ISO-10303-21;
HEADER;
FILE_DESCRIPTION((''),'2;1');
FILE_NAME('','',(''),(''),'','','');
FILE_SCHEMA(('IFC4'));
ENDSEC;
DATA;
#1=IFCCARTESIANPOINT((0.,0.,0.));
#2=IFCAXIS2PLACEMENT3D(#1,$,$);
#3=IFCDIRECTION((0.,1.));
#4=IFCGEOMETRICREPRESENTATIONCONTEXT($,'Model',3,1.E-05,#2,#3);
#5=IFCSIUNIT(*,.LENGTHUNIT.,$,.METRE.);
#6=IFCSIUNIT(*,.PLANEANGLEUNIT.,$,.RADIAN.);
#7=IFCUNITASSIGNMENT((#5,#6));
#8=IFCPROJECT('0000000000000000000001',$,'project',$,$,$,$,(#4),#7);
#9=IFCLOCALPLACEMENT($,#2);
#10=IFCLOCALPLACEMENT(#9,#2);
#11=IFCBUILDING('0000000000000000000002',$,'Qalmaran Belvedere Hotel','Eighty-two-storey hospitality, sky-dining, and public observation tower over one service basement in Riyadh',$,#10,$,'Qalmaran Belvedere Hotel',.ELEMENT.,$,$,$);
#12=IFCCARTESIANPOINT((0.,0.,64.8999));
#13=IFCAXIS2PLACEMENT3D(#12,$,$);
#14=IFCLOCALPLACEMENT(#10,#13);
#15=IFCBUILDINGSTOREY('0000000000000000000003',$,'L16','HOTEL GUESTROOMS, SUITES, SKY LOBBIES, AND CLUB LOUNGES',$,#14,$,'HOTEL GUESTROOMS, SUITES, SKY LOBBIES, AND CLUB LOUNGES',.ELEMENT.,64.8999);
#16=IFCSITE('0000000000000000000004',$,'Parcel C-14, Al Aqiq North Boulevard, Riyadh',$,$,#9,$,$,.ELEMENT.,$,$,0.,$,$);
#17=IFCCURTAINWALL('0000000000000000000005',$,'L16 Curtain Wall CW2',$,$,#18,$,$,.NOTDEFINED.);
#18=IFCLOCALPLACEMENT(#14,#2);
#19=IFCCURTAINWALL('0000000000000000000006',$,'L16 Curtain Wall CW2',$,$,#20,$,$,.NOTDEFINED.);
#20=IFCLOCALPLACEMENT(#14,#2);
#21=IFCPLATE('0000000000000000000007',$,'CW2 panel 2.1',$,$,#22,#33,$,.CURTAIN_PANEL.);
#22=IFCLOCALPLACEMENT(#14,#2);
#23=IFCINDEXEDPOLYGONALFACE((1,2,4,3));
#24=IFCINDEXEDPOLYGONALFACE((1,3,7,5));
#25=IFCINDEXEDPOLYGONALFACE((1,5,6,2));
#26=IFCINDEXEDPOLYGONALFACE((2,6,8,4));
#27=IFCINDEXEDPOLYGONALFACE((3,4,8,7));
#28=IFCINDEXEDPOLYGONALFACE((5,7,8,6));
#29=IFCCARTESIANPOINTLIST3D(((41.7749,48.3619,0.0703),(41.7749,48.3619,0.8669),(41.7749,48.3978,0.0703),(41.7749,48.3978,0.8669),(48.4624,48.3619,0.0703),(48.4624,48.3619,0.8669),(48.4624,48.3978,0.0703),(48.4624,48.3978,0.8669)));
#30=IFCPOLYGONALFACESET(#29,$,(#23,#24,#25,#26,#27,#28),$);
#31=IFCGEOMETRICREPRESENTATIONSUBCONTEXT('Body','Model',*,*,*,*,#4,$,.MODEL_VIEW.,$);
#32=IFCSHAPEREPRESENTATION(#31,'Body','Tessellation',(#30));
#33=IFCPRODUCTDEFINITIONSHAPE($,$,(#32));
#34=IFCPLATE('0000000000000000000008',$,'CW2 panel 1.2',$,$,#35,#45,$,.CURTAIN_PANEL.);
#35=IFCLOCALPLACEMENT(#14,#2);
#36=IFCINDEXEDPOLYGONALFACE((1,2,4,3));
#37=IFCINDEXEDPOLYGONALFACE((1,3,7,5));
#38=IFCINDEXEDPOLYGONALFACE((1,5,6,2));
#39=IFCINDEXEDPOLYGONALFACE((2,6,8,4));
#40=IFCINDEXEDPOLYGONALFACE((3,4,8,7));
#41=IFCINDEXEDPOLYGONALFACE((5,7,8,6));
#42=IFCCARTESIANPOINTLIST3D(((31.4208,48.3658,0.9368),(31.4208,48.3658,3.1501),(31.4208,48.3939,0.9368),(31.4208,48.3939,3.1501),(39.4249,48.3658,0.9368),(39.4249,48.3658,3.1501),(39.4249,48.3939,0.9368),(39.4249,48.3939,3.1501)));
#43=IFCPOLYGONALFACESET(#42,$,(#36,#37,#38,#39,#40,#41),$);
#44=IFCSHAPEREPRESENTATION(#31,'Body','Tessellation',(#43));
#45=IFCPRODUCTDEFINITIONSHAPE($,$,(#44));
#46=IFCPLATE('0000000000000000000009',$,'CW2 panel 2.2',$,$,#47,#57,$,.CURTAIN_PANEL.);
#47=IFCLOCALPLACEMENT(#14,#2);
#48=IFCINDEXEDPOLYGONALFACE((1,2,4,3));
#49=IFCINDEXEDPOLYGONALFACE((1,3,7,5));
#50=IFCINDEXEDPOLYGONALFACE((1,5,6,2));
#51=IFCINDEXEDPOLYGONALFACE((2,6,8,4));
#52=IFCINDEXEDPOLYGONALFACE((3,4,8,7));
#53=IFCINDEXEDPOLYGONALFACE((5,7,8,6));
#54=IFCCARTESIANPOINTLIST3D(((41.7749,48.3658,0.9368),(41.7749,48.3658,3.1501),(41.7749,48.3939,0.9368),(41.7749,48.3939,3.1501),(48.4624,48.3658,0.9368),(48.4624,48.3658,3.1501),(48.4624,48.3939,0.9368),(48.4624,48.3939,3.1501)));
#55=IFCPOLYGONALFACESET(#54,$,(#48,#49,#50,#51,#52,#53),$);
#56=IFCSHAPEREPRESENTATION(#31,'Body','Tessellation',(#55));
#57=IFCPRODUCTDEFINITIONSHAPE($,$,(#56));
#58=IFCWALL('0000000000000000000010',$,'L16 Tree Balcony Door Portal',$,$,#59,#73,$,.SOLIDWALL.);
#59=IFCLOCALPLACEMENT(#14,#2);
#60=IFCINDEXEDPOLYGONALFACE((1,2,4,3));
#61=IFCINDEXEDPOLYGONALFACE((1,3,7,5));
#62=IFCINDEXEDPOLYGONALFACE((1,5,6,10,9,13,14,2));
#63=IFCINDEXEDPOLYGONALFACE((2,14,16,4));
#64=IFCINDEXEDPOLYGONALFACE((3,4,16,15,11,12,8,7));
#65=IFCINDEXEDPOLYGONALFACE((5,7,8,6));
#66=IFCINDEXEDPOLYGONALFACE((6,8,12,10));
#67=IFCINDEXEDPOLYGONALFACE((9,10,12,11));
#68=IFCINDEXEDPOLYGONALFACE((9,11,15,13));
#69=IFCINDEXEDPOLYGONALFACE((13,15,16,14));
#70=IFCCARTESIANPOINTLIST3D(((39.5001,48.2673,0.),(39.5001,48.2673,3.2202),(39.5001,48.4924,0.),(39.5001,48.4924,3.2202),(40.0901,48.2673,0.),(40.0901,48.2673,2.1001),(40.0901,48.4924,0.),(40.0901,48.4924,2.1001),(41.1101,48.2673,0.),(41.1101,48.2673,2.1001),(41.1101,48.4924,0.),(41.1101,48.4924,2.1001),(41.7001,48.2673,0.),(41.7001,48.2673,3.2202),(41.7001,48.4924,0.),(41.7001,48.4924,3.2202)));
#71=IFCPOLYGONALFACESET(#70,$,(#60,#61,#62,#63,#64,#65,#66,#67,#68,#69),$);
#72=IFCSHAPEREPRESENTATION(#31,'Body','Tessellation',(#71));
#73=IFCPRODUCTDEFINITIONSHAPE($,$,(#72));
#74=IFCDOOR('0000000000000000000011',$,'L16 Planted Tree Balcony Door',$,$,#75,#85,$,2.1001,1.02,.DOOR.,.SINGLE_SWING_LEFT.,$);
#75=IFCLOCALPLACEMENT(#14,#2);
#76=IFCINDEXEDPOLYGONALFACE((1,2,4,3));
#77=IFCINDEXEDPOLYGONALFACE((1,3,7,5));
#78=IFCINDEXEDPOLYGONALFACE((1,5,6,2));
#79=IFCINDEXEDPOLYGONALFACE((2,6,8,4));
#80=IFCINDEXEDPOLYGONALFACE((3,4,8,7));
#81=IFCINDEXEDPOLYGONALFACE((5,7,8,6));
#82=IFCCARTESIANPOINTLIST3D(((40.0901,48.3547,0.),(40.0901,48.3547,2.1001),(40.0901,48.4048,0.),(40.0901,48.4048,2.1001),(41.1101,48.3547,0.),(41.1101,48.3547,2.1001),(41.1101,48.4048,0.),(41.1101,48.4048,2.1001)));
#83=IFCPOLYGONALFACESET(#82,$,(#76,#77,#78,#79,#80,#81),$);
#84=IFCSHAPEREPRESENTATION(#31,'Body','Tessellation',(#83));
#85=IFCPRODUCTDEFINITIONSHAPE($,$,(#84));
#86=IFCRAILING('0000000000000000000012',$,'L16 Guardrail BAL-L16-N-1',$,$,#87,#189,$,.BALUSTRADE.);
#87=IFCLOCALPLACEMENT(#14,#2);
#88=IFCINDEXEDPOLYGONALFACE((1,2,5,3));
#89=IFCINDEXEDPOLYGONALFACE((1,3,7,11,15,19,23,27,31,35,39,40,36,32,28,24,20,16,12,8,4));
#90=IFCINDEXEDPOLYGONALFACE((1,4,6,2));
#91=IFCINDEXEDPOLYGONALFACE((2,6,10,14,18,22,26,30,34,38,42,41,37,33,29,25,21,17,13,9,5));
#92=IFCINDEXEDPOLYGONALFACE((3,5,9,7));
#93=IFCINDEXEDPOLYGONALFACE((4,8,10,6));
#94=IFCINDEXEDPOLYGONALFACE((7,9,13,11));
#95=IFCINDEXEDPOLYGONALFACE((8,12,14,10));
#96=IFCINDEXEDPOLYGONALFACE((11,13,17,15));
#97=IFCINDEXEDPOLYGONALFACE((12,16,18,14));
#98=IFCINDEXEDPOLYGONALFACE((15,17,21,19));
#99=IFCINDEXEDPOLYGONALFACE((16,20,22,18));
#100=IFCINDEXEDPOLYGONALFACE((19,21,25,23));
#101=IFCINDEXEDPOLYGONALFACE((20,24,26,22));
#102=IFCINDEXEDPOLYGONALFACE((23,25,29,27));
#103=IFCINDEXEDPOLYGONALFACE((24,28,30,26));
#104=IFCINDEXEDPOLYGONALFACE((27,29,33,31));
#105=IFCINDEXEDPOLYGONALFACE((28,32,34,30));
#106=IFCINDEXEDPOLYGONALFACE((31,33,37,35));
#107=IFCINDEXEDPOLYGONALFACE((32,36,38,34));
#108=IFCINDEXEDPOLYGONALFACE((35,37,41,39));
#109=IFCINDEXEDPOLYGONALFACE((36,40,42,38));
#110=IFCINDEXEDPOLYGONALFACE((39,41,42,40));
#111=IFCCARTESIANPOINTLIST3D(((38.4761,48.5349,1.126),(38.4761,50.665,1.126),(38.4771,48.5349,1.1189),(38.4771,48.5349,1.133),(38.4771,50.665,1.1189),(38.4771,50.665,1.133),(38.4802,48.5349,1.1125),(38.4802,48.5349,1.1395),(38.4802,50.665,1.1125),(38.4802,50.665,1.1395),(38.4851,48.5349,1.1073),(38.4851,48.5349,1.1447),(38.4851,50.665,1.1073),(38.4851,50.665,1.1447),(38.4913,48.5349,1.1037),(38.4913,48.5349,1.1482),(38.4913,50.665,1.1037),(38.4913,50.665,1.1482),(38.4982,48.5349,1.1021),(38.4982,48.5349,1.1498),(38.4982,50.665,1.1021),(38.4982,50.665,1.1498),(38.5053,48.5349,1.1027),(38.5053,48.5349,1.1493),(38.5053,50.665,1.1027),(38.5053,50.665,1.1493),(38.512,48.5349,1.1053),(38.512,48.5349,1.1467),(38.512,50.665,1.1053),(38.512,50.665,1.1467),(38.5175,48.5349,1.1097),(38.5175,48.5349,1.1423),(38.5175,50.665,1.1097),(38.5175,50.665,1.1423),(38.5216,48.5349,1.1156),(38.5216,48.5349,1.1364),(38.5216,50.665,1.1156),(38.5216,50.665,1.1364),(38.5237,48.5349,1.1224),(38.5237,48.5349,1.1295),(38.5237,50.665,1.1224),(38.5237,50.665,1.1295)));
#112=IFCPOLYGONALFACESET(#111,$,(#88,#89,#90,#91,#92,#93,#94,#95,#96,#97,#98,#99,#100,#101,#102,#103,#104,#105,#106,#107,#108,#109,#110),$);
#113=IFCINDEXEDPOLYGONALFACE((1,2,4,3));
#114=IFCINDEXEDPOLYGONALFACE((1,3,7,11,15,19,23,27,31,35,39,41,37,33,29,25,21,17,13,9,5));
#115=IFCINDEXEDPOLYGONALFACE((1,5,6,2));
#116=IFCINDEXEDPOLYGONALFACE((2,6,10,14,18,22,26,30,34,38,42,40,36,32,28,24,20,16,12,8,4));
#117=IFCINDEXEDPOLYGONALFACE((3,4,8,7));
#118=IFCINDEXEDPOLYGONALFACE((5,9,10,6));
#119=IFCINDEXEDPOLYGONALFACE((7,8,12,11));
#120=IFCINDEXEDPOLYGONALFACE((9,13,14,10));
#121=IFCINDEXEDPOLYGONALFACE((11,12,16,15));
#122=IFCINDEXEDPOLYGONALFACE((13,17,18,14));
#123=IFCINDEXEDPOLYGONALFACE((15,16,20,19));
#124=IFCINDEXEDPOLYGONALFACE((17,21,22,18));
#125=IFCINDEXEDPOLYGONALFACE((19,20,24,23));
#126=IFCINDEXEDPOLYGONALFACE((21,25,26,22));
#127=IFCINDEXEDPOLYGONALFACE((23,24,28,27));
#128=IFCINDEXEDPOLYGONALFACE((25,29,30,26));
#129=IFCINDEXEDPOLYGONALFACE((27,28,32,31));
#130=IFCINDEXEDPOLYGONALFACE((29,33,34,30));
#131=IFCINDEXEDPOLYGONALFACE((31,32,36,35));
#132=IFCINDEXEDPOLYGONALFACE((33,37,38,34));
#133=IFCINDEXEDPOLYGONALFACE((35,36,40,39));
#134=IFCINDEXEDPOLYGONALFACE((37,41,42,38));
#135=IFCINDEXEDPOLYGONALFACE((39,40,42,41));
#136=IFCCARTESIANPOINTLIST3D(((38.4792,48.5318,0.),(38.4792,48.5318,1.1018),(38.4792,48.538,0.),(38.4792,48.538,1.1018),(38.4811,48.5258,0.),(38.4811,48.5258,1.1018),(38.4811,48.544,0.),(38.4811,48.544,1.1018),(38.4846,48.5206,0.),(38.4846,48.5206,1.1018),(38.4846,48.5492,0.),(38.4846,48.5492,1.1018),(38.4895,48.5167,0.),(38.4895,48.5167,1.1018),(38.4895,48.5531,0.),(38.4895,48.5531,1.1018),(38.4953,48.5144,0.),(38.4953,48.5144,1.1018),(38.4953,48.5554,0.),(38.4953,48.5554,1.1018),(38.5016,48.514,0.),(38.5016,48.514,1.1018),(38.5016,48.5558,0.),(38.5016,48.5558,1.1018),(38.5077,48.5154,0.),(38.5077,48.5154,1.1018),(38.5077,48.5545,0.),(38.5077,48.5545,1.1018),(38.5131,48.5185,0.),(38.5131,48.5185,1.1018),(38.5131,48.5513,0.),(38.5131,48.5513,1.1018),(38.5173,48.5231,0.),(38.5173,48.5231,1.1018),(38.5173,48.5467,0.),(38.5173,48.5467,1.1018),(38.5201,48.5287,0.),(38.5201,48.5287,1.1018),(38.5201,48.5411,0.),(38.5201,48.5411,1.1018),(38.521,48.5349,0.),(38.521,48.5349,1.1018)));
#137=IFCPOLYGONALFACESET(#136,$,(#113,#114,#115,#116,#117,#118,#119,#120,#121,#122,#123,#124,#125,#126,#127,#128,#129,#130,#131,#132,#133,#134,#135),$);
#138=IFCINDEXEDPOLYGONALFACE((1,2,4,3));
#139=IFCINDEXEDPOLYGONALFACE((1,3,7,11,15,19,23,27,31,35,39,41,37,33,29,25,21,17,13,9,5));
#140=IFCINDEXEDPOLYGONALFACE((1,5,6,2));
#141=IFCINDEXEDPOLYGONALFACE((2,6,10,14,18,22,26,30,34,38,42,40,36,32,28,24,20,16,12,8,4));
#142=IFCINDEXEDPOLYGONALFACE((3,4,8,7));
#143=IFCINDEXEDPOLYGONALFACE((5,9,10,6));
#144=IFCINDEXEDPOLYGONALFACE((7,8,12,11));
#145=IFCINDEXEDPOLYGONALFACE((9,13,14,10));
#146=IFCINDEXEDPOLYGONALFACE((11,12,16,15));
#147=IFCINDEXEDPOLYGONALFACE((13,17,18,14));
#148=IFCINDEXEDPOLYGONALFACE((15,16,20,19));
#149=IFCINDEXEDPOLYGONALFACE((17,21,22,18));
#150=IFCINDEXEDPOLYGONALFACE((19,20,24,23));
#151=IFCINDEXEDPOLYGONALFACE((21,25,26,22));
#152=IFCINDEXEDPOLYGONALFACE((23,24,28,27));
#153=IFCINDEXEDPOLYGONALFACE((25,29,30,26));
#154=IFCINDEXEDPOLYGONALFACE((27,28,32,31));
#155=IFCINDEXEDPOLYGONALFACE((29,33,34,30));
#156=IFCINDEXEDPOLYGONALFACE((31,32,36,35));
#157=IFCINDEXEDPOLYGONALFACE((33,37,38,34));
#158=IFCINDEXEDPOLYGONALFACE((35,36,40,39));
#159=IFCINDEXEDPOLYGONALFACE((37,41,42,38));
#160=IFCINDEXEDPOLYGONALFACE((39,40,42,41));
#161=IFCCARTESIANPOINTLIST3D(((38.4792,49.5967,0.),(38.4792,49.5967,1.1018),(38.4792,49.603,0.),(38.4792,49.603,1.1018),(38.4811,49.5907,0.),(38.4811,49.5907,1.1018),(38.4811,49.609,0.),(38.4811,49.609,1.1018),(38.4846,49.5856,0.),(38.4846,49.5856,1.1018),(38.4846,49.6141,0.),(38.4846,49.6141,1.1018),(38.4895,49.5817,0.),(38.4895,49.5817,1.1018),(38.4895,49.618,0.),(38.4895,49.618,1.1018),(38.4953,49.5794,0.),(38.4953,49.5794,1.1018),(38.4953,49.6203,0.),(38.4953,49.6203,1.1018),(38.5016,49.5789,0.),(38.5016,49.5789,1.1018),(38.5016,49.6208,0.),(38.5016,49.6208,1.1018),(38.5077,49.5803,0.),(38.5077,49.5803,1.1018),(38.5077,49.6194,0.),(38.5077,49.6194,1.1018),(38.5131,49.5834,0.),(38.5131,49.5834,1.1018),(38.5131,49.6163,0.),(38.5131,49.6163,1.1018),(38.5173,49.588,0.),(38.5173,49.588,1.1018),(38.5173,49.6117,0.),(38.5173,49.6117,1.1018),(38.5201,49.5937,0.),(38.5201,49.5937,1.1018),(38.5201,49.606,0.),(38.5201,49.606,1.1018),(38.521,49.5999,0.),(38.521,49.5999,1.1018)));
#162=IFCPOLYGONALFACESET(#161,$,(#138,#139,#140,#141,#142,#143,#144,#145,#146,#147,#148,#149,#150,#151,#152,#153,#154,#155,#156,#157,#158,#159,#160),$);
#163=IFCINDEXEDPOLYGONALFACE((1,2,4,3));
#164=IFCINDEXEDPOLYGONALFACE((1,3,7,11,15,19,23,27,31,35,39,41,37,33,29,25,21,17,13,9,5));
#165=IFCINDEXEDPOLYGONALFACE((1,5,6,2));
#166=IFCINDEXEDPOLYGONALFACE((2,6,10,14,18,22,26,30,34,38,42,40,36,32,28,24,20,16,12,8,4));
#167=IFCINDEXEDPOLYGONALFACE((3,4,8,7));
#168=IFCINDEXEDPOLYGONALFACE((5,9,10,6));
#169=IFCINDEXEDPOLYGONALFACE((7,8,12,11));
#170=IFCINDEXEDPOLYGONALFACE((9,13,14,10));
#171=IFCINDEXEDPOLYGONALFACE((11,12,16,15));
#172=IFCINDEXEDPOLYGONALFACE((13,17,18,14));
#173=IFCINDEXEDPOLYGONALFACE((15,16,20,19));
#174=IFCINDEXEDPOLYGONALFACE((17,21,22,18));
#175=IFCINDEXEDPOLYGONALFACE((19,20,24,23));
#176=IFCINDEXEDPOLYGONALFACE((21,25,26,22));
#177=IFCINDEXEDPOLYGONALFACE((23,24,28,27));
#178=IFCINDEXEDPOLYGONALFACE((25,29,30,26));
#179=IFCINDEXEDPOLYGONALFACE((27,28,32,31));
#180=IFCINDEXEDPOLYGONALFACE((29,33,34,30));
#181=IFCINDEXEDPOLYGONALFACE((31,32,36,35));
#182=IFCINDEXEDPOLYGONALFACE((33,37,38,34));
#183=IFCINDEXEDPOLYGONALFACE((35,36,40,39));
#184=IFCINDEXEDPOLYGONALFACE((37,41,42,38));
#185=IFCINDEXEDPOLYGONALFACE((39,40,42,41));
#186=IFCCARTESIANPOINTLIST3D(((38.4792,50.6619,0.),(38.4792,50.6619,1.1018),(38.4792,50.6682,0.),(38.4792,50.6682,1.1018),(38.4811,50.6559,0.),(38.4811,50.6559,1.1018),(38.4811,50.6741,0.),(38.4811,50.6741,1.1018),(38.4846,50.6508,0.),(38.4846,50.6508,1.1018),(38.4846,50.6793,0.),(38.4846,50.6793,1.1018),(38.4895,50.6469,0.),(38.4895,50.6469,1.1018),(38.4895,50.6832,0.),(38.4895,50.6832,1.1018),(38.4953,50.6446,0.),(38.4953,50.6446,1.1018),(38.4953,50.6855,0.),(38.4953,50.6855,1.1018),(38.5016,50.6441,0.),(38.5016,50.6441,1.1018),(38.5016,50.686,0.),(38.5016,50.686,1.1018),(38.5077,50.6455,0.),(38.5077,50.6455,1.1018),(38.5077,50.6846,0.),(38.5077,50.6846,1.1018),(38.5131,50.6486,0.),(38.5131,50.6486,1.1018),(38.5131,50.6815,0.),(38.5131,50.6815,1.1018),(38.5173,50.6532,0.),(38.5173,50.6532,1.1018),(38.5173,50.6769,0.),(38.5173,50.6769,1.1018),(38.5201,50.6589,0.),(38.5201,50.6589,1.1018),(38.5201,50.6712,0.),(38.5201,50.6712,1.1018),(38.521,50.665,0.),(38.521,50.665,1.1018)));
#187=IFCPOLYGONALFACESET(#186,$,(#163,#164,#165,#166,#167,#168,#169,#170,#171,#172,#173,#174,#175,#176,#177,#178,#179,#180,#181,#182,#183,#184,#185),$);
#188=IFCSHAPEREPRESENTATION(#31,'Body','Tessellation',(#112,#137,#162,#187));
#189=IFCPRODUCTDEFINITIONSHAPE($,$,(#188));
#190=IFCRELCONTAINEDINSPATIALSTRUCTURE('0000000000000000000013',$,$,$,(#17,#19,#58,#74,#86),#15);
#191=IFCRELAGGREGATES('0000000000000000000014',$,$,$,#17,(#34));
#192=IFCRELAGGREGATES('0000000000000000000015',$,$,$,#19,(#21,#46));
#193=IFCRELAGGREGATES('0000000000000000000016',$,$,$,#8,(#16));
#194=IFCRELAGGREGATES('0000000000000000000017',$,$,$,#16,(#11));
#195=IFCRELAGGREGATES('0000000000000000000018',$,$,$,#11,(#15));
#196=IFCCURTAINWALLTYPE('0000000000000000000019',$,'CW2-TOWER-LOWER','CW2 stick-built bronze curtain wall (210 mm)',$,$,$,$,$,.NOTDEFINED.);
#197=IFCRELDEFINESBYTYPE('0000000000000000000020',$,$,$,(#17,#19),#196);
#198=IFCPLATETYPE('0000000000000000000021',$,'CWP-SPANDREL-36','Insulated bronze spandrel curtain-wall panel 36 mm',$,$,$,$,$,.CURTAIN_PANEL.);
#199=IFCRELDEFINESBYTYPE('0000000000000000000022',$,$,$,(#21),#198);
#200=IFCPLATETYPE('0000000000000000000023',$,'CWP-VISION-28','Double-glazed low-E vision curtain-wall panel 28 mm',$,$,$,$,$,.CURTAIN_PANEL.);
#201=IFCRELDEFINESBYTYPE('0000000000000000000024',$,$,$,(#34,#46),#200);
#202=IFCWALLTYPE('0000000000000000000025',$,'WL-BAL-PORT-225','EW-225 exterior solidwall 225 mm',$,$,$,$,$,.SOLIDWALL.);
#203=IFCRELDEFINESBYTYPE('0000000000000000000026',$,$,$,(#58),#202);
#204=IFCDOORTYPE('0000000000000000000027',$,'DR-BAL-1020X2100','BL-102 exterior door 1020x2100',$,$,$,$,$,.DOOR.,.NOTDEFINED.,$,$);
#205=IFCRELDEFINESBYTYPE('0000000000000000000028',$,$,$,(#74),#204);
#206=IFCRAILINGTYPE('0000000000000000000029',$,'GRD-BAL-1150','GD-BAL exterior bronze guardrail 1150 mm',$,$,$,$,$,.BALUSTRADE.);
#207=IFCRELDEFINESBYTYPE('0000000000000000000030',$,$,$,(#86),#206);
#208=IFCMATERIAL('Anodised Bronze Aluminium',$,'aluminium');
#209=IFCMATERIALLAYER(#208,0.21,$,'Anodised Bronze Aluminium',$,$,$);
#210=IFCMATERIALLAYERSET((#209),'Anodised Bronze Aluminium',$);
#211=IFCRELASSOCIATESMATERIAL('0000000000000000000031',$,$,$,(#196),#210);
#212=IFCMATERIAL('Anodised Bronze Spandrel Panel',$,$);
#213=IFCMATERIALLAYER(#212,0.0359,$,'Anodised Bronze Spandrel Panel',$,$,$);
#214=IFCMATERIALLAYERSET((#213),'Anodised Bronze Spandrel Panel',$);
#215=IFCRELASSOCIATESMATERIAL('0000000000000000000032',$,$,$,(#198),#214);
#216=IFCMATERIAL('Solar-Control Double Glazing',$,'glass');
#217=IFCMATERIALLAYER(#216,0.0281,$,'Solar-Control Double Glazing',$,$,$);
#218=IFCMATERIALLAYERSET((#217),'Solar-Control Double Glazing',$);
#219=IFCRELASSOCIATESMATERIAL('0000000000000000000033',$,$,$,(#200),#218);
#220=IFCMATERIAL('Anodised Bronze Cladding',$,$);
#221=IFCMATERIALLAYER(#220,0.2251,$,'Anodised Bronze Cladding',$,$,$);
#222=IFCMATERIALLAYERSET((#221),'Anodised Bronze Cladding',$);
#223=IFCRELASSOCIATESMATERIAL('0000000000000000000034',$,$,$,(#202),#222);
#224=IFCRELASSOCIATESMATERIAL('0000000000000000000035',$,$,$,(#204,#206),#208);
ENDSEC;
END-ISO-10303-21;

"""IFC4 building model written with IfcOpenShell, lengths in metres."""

from ifc_helpers import new_model, si_unit, direction, frame, frame_2d, origin, origin_2d, place, context, subcontext, project, spatial, rectangle, circle, extrude, material, layer, layer_set, type_object, element, fill, aggregate, save


model = new_model("IFC4")

# Units and contexts
model_context = context("Model", 3, precision=1e-05, world=origin(), true_north=direction((0.0, 1.0)))
body_context = subcontext(model_context, "Body", "Model", "MODEL_VIEW")
ifc_project = project(units=[si_unit("LENGTHUNIT", "METRE"), si_unit("PLANEANGLEUNIT", "RADIAN")], contexts=[model_context])

# Site, building, storey
site_placement = place(None, origin())
site = spatial("IfcSite", under=ifc_project, at=site_placement, Name="Parcel C-14, Al Aqiq North Boulevard, Riyadh", CompositionType="ELEMENT", RefElevation=0.0)
building_placement = place(site_placement, origin())
building = spatial("IfcBuilding", under=site, at=building_placement, Name="Qalmaran Belvedere Hotel", Description="Eighty-two-storey hospitality, sky-dining, and public observation tower over one service basement in Riyadh", LongName="Qalmaran Belvedere Hotel", CompositionType="ELEMENT")
storey_placement = place(building_placement, frame((0.0, 0.0, 64.8999)))
storey = spatial("IfcBuildingStorey", under=building, at=storey_placement, Name="L16", Description="HOTEL GUESTROOMS, SUITES, SKY LOBBIES, AND CLUB LOUNGES", LongName="HOTEL GUESTROOMS, SUITES, SKY LOBBIES, AND CLUB LOUNGES", CompositionType="ELEMENT", Elevation=64.8999)

# Curtain wall
ifc_material_1 = material(Name="Anodised Bronze Aluminium", Category="aluminium")
ifc_layer_1 = layer(ifc_material_1, 0.21, Name="Anodised Bronze Aluminium")
ifc_layer_set_1 = layer_set([ifc_layer_1], Name="Anodised Bronze Aluminium")
curtain_wall_type = type_object("IfcCurtainWallType", Name="CW2-TOWER-LOWER", Description="CW2 stick-built bronze curtain wall (210 mm)", PredefinedType="NOTDEFINED", material=ifc_layer_set_1)
curtain_wall_1_placement = place(storey_placement, origin())
curtain_wall_1 = element("IfcCurtainWall", 1, at=curtain_wall_1_placement, inside=storey, type_object=curtain_wall_type, Name="L16 Curtain Wall CW2", PredefinedType="NOTDEFINED")

# Curtain wall
curtain_wall_2_placement = place(storey_placement, origin())
curtain_wall_2 = element("IfcCurtainWall", 2, at=curtain_wall_2_placement, inside=storey, type_object=curtain_wall_type, Name="L16 Curtain Wall CW2", PredefinedType="NOTDEFINED")

# Plates
ifc_material_2 = material(Name="Anodised Bronze Spandrel Panel")
ifc_layer_2 = layer(ifc_material_2, 0.0359, Name="Anodised Bronze Spandrel Panel")
ifc_layer_set_2 = layer_set([ifc_layer_2], Name="Anodised Bronze Spandrel Panel")
plate_type_1 = type_object("IfcPlateType", Name="CWP-SPANDREL-36", Description="Insulated bronze spandrel curtain-wall panel 36 mm", PredefinedType="CURTAIN_PANEL", material=ifc_layer_set_2)
plate_1_placement = place(storey_placement, frame((45.1187, 48.3799, 0.0703), z_axis=(0.0, 0.0, 1.0), x_axis=(-1.0, 0.0, 0.0)))
plate_1 = element("IfcPlate", 3, at=plate_1_placement, type_object=plate_type_1, Name="CW2 panel 2.1", PredefinedType="CURTAIN_PANEL", context=body_context, shape_type="SweptSolid", body=[
    extrude(rectangle(XDim=6.6875, YDim=0.0359, at=origin_2d()), origin(), (0.0, 0.0, 1.0), 0.7966),
])
ifc_material_3 = material(Name="Solar-Control Double Glazing", Category="glass")
ifc_layer_3 = layer(ifc_material_3, 0.0281, Name="Solar-Control Double Glazing")
ifc_layer_set_3 = layer_set([ifc_layer_3], Name="Solar-Control Double Glazing")
plate_type_2 = type_object("IfcPlateType", Name="CWP-VISION-28", Description="Double-glazed low-E vision curtain-wall panel 28 mm", PredefinedType="CURTAIN_PANEL", material=ifc_layer_set_3)
plate_2_placement = place(storey_placement, frame((35.4229, 48.3799, 0.9368), z_axis=(0.0, 0.0, 1.0), x_axis=(-1.0, 0.0, 0.0)))
plate_2 = element("IfcPlate", 4, at=plate_2_placement, type_object=plate_type_2, Name="CW2 panel 1.2", PredefinedType="CURTAIN_PANEL", context=body_context, shape_type="SweptSolid", body=[
    extrude(rectangle(XDim=8.0042, YDim=0.0281, at=origin_2d()), origin(), (0.0, 0.0, 1.0), 2.2134),
])
aggregate(curtain_wall_1, [plate_2])
plate_3_placement = place(storey_placement, frame((45.1187, 48.3799, 0.9368), z_axis=(0.0, 0.0, 1.0), x_axis=(-1.0, 0.0, 0.0)))
plate_3 = element("IfcPlate", 5, at=plate_3_placement, type_object=plate_type_2, Name="CW2 panel 2.2", PredefinedType="CURTAIN_PANEL", context=body_context, shape_type="SweptSolid", body=[
    extrude(rectangle(XDim=6.6875, YDim=0.0281, at=origin_2d()), origin(), (0.0, 0.0, 1.0), 2.2134),
])
aggregate(curtain_wall_2, [plate_1, plate_3])

# Wall, opening, door
ifc_material_4 = material(Name="Anodised Bronze Cladding")
ifc_layer_4 = layer(ifc_material_4, 0.2251, Name="Anodised Bronze Cladding")
ifc_layer_set_4 = layer_set([ifc_layer_4], Name="Anodised Bronze Cladding")
wall_type = type_object("IfcWallType", Name="WL-BAL-PORT-225", Description="EW-225 exterior solidwall 225 mm", PredefinedType="SOLIDWALL", material=ifc_layer_set_4)
wall_placement = place(storey_placement, frame((39.5, 48.3799, 0.0), z_axis=(0.0, 0.0, 1.0), x_axis=(1.0, 0.0, 0.0)))
wall = element("IfcWall", 6, at=wall_placement, inside=storey, type_object=wall_type, Name="L16 Tree Balcony Door Portal", PredefinedType="SOLIDWALL", context=body_context, shape_type="SweptSolid", body=[
    extrude(rectangle(XDim=2.2, YDim=0.2251, at=frame_2d((1.1001, 0.0))), origin(), (0.0, 0.0, 1.0), 3.2202),
])
opening_placement = place(wall_placement, frame((0.5901, 0.0, 0.0)))
opening = element("IfcOpeningElement", 7, at=opening_placement, cuts=wall, PredefinedType="OPENING", context=body_context, shape_type="SweptSolid", body=[
    extrude(rectangle(XDim=1.02, YDim=2.1001, at=frame_2d((0.51, 1.05))), frame((0.0, 0.1226, 0.0), z_axis=(0.0, -1.0, 0.0), x_axis=(1.0, 0.0, 0.0)), (0.0, 0.0, 1.0), 0.2451),
])
door_type = type_object("IfcDoorType", Name="DR-BAL-1020X2100", Description="BL-102 exterior door 1020x2100", OperationType="NOTDEFINED", PredefinedType="DOOR", material=ifc_material_1)
door_placement = place(opening_placement, origin())
door = element("IfcDoor", 8, at=door_placement, inside=storey, type_object=door_type, Name="L16 Planted Tree Balcony Door", OperationType="SINGLE_SWING_LEFT", OverallHeight=2.1001, OverallWidth=1.02, PredefinedType="DOOR", context=body_context, shape_type="SweptSolid", body=[
    extrude(rectangle(XDim=1.02, YDim=2.1001, at=frame_2d((0.51, 1.05))), frame((0.0, 0.0249, 0.0), z_axis=(0.0, -1.0, 0.0), x_axis=(1.0, 0.0, 0.0)), (0.0, 0.0, 1.0), 0.05),
])
fill(opening, door)

# Railing
railing_type = type_object("IfcRailingType", Name="GRD-BAL-1150", Description="GD-BAL exterior bronze guardrail 1150 mm", PredefinedType="BALUSTRADE", material=ifc_material_1)
railing_1_placement = place(storey_placement, frame((38.5, 48.5349, 0.0)))
element("IfcRailing", 9, at=railing_1_placement, inside=storey, type_object=railing_type, Name="L16 Guardrail BAL-L16-N-1", PredefinedType="BALUSTRADE", context=body_context, shape_type="SweptSolid", body=[
    extrude(circle(Radius=0.0239, at=origin_2d()), frame((0.0, 0.0, 1.126), z_axis=(0.0, 1.0, 0.0), x_axis=(-1.0, 0.0, 0.0)), (0.0, 0.0, 1.0), 2.1301),
    extrude(circle(Radius=0.021, at=origin_2d()), origin(), (0.0, 0.0, 1.0), 1.1018),
    extrude(circle(Radius=0.021, at=origin_2d()), frame((0.0, 1.0649, 0.0)), (0.0, 0.0, 1.0), 1.1018),
    extrude(circle(Radius=0.021, at=origin_2d()), frame((0.0, 2.1301, 0.0)), (0.0, 0.0, 1.0), 1.1018),
])

save(model, "model.ifc")
